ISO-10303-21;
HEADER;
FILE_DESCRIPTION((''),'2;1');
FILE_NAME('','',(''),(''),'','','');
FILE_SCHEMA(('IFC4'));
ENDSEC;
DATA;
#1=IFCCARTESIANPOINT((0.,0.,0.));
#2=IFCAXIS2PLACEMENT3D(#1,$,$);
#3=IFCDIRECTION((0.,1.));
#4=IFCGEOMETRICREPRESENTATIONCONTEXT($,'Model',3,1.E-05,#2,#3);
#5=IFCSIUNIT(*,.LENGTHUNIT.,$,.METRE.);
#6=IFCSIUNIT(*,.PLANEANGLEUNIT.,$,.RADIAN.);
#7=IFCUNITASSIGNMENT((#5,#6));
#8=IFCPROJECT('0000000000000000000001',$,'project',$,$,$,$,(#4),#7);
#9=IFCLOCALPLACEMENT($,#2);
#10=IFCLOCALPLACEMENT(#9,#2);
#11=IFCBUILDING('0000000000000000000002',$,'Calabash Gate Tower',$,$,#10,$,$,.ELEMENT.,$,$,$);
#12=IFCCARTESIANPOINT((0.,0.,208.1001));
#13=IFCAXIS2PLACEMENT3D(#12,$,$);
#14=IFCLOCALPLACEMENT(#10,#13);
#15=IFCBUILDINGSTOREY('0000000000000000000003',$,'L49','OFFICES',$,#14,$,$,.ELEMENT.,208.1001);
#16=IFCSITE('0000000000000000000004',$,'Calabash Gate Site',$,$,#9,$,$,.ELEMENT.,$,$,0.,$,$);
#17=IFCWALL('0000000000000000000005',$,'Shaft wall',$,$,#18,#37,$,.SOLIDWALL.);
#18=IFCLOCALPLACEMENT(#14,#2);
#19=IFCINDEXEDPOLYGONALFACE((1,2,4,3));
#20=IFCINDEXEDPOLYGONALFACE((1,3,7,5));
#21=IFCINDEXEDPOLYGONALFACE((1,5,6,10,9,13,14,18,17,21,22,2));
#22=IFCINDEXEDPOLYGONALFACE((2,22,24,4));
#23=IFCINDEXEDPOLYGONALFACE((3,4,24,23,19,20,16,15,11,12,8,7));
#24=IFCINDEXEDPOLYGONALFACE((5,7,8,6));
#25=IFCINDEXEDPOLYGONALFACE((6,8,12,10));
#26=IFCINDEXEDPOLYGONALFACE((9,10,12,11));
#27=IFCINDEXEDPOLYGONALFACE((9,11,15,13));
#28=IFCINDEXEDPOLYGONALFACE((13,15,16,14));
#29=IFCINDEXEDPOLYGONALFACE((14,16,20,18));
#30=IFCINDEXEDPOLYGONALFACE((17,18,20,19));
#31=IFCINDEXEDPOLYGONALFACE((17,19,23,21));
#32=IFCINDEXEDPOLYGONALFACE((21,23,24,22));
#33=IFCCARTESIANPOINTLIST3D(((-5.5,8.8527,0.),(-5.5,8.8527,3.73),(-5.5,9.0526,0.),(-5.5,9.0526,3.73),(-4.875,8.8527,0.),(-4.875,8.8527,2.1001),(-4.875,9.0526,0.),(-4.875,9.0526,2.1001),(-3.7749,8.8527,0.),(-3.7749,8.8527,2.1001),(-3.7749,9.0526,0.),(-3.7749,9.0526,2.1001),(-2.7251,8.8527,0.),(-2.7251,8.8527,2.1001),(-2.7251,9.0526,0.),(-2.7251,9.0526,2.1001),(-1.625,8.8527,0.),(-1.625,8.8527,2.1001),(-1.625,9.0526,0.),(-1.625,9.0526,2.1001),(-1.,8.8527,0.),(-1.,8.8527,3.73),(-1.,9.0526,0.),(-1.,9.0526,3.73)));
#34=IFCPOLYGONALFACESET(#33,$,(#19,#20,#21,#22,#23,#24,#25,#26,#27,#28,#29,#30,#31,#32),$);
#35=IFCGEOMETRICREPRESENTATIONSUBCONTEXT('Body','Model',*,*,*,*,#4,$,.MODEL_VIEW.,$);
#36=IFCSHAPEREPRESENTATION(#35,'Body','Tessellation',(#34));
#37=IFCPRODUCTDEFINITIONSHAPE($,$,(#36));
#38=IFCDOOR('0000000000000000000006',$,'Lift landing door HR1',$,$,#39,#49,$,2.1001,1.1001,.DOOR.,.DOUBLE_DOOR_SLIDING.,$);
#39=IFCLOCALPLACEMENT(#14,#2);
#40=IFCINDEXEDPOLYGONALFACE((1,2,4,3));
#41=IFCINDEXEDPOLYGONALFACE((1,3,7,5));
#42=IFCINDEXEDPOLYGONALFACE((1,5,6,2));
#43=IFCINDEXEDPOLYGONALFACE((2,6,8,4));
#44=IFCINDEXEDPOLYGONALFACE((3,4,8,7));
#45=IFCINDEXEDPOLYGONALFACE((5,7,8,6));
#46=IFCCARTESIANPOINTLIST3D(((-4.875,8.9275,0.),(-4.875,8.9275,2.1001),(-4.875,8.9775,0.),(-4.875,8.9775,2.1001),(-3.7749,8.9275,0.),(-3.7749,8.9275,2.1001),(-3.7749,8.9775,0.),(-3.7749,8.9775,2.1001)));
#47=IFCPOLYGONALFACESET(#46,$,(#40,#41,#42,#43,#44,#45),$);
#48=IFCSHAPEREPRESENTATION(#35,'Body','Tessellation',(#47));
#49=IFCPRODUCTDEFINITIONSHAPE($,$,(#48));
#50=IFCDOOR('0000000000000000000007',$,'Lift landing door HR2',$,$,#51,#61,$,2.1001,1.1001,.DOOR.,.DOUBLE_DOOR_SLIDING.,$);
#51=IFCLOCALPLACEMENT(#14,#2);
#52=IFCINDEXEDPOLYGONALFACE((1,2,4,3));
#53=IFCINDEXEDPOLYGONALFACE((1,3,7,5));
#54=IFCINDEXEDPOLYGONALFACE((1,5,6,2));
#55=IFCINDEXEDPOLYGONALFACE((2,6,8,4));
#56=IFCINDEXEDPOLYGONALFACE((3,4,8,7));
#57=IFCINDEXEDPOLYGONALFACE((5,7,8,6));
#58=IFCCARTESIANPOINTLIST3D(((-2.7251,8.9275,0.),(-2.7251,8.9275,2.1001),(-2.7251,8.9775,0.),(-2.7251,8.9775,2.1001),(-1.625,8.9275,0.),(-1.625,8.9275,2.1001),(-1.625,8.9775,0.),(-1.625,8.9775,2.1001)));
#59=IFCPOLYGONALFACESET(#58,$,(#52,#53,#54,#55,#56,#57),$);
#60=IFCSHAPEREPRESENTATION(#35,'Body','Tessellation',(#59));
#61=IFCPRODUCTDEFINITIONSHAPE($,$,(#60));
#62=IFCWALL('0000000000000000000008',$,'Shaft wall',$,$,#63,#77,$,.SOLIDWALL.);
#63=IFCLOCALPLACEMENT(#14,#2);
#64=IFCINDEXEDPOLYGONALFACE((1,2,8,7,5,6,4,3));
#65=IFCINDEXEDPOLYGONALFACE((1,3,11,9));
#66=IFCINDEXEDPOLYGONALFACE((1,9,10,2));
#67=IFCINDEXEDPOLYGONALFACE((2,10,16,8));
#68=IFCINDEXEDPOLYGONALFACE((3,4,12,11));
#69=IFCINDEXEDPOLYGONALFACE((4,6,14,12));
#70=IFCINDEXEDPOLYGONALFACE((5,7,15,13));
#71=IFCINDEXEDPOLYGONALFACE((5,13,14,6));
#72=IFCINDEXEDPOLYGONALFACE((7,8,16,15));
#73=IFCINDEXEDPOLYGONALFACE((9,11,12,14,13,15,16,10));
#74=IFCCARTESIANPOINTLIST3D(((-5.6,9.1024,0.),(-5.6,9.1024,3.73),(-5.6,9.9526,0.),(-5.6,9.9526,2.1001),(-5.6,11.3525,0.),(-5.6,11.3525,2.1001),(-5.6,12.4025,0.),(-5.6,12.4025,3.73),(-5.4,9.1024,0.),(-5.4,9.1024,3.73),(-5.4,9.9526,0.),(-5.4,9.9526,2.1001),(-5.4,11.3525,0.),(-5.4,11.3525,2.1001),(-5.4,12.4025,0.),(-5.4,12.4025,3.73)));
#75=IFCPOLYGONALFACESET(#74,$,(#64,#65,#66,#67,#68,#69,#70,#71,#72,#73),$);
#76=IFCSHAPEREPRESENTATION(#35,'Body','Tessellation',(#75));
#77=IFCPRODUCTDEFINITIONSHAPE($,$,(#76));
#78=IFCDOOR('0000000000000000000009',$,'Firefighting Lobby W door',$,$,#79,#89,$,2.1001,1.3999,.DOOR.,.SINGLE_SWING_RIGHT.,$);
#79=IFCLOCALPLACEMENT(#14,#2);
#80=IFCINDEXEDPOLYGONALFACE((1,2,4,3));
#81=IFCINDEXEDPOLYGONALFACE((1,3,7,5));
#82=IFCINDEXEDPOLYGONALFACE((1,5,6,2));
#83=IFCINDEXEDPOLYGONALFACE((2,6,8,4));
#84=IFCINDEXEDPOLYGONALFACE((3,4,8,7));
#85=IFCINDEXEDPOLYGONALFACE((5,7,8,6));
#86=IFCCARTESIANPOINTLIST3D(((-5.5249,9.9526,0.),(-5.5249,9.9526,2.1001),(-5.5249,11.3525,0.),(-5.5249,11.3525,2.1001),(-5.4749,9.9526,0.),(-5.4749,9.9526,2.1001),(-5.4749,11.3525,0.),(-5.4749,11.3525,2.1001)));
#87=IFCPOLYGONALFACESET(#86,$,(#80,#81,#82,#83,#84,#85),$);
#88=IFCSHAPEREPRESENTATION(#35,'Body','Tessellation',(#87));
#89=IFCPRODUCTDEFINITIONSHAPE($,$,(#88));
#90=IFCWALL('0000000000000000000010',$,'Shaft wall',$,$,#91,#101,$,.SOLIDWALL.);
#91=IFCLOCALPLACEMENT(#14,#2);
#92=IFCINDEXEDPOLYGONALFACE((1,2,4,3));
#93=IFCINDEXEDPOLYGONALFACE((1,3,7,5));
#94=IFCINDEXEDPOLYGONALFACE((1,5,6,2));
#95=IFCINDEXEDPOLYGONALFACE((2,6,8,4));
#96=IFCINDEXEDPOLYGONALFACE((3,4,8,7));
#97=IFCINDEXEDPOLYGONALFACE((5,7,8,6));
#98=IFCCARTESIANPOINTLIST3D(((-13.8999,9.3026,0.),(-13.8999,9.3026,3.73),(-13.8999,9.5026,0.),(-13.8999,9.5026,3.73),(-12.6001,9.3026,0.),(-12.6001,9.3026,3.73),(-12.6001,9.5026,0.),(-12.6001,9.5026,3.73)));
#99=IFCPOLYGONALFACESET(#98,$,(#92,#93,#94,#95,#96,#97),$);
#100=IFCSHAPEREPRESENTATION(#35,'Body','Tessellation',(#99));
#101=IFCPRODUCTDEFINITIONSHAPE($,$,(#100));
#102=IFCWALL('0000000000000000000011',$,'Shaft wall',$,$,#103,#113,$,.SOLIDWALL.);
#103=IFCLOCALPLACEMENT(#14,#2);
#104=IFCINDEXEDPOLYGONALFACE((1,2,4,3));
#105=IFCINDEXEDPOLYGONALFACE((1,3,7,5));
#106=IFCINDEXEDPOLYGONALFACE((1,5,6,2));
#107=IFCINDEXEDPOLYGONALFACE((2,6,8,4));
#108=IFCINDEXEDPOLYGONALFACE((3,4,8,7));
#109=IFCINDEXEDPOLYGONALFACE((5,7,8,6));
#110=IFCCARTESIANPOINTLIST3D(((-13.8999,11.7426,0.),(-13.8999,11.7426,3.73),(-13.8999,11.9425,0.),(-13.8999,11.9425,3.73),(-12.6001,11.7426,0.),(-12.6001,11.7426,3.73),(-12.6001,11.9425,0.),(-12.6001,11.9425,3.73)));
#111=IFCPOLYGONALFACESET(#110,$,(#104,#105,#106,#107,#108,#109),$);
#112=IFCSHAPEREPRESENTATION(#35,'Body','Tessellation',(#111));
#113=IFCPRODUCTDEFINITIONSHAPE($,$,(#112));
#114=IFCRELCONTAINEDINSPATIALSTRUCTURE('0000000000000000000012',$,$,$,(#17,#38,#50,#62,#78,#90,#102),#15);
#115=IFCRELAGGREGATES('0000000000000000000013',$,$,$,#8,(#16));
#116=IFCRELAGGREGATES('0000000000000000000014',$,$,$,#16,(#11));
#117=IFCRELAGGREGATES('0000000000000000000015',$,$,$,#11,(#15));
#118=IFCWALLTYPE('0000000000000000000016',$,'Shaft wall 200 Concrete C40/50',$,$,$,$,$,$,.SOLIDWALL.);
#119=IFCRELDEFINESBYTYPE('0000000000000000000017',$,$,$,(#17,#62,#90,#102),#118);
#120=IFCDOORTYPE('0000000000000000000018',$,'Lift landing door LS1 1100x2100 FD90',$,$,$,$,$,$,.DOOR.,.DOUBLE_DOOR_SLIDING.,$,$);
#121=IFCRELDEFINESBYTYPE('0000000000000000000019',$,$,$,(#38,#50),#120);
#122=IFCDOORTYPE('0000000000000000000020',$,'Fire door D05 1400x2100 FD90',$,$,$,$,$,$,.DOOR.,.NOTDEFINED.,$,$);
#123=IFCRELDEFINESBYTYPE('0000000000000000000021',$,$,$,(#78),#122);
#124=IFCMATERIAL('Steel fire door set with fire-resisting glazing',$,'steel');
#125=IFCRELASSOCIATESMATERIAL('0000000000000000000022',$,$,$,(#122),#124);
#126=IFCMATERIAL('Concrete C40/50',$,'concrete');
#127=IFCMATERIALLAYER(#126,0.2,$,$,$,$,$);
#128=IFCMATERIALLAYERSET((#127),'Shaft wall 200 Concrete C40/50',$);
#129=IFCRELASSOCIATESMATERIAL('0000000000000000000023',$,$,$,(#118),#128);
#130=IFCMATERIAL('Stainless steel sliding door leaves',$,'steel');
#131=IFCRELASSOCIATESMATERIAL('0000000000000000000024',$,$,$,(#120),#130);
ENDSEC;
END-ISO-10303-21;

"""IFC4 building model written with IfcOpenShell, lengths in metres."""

from ifc_helpers import new_model, si_unit, direction, frame, frame_2d, origin, place, context, subcontext, project, spatial, rectangle, extrude, material, layer, layer_set, type_object, element, fill, save


model = new_model("IFC4")

# Units and contexts
model_context = context("Model", 3, precision=1e-05, world=origin(), true_north=direction((0.0, 1.0)))
body_context = subcontext(model_context, "Body", "Model", "MODEL_VIEW")
ifc_project = project(units=[si_unit("LENGTHUNIT", "METRE"), si_unit("PLANEANGLEUNIT", "RADIAN")], contexts=[model_context])

# Site, building, storey
site_placement = place(None, origin())
site = spatial("IfcSite", under=ifc_project, at=site_placement, Name="Calabash Gate Site", CompositionType="ELEMENT", RefElevation=0.0)
building_placement = place(site_placement, origin())
building = spatial("IfcBuilding", under=site, at=building_placement, Name="Calabash Gate Tower", CompositionType="ELEMENT")
storey_placement = place(building_placement, frame((0.0, 0.0, 208.1001)))
storey = spatial("IfcBuildingStorey", under=building, at=storey_placement, Name="L49", Description="OFFICES", CompositionType="ELEMENT", Elevation=208.1001)

# Shared definitions
ifc_material_1 = material(Name="Steel fire door set with fire-resisting glazing", Category="steel")
door_type_1 = type_object("IfcDoorType", Name="Fire door D05 1400x2100 FD90", OperationType="NOTDEFINED", PredefinedType="DOOR", material=ifc_material_1)

# Shared definitions
ifc_material_2 = material(Name="Concrete C40/50", Category="concrete")
ifc_layer_1 = layer(ifc_material_2, 0.2)
ifc_layer_set_1 = layer_set([ifc_layer_1], Name="Shaft wall 200 Concrete C40/50")
wall_type_1 = type_object("IfcWallType", Name="Shaft wall 200 Concrete C40/50", PredefinedType="SOLIDWALL", material=ifc_layer_set_1)

# Wall, openings, doors
wall_1_placement = place(storey_placement, frame((-5.5, 8.9526, 0.0), z_axis=(0.0, 0.0, 1.0), x_axis=(1.0, 0.0, 0.0)))
wall_1 = element("IfcWall", 1, at=wall_1_placement, inside=storey, type_object=wall_type_1, Name="Shaft wall", PredefinedType="SOLIDWALL", context=body_context, shape_type="SweptSolid", body=[
    extrude(rectangle(XDim=4.5, YDim=0.2, at=frame_2d((2.25, 0.0))), origin(), (0.0, 0.0, 1.0), 3.73),
])
opening_1_placement = place(wall_1_placement, frame((0.625, 0.0, 0.0)))
opening_1 = element("IfcOpeningElement", 2, at=opening_1_placement, cuts=wall_1, PredefinedType="OPENING", context=body_context, shape_type="SweptSolid", body=[
    extrude(rectangle(XDim=1.1001, YDim=2.1001, at=frame_2d((0.55, 1.05))), frame((0.0, 0.1099, 0.0), z_axis=(0.0, -1.0, 0.0), x_axis=(1.0, 0.0, 0.0)), (0.0, 0.0, 1.0), 0.22),
])
opening_2_placement = place(wall_1_placement, frame((2.7749, 0.0, 0.0)))
opening_2 = element("IfcOpeningElement", 3, at=opening_2_placement, cuts=wall_1, PredefinedType="OPENING", context=body_context, shape_type="SweptSolid", body=[
    extrude(rectangle(XDim=1.1001, YDim=2.1001, at=frame_2d((0.55, 1.05))), frame((0.0, 0.1099, 0.0), z_axis=(0.0, -1.0, 0.0), x_axis=(1.0, 0.0, 0.0)), (0.0, 0.0, 1.0), 0.22),
])
ifc_material_3 = material(Name="Stainless steel sliding door leaves", Category="steel")
door_type_2 = type_object("IfcDoorType", Name="Lift landing door LS1 1100x2100 FD90", OperationType="DOUBLE_DOOR_SLIDING", PredefinedType="DOOR", material=ifc_material_3)
door_1_placement = place(opening_1_placement, origin())
door_1 = element("IfcDoor", 4, at=door_1_placement, inside=storey, type_object=door_type_2, Name="Lift landing door HR1", OperationType="DOUBLE_DOOR_SLIDING", OverallHeight=2.1001, OverallWidth=1.1001, PredefinedType="DOOR", context=body_context, shape_type="SweptSolid", body=[
    extrude(rectangle(XDim=1.1001, YDim=2.1001, at=frame_2d((0.55, 1.05))), frame((0.0, 0.0249, 0.0), z_axis=(0.0, -1.0, 0.0), x_axis=(1.0, 0.0, 0.0)), (0.0, 0.0, 1.0), 0.05),
])
fill(opening_1, door_1)
door_2_placement = place(opening_2_placement, origin())
door_2 = element("IfcDoor", 5, at=door_2_placement, inside=storey, type_object=door_type_2, Name="Lift landing door HR2", OperationType="DOUBLE_DOOR_SLIDING", OverallHeight=2.1001, OverallWidth=1.1001, PredefinedType="DOOR", context=body_context, shape_type="SweptSolid", body=[
    extrude(rectangle(XDim=1.1001, YDim=2.1001, at=frame_2d((0.55, 1.05))), frame((0.0, 0.0249, 0.0), z_axis=(0.0, -1.0, 0.0), x_axis=(1.0, 0.0, 0.0)), (0.0, 0.0, 1.0), 0.05),
])
fill(opening_2, door_2)

# Wall, opening, door
wall_2_placement = place(storey_placement, frame((-5.5, 9.1025, 0.0), z_axis=(0.0, 0.0, 1.0), x_axis=(0.0, 1.0, 0.0)))
wall_2 = element("IfcWall", 6, at=wall_2_placement, inside=storey, type_object=wall_type_1, Name="Shaft wall", PredefinedType="SOLIDWALL", context=body_context, shape_type="SweptSolid", body=[
    extrude(rectangle(XDim=3.3, YDim=0.2, at=frame_2d((1.6499, 0.0))), origin(), (0.0, 0.0, 1.0), 3.73),
])
opening_3_placement = place(wall_2_placement, frame((0.8501, 0.0, 0.0)))
opening_3 = element("IfcOpeningElement", 7, at=opening_3_placement, cuts=wall_2, PredefinedType="OPENING", context=body_context, shape_type="SweptSolid", body=[
    extrude(rectangle(XDim=1.3999, YDim=2.1001, at=frame_2d((0.7, 1.05))), frame((0.0, 0.1099, 0.0), z_axis=(0.0, -1.0, 0.0), x_axis=(1.0, 0.0, 0.0)), (0.0, 0.0, 1.0), 0.22),
])
door_3_placement = place(opening_3_placement, origin())
door_3 = element("IfcDoor", 8, at=door_3_placement, inside=storey, type_object=door_type_1, Name="Firefighting Lobby W door", OperationType="SINGLE_SWING_RIGHT", OverallHeight=2.1001, OverallWidth=1.3999, PredefinedType="DOOR", context=body_context, shape_type="SweptSolid", body=[
    extrude(rectangle(XDim=1.3999, YDim=2.1001, at=frame_2d((0.7, 1.05))), frame((0.0, 0.0249, 0.0), z_axis=(0.0, -1.0, 0.0), x_axis=(1.0, 0.0, 0.0)), (0.0, 0.0, 1.0), 0.05),
])
fill(opening_3, door_3)

# Walls
for number, where, z_axis, x_axis, name in (
    (9, (-13.8999, 9.4026, 0.0), (0.0, 0.0, 1.0), (1.0, 0.0, 0.0), "Shaft wall"),
    (10, (-13.8999, 11.8425, 0.0), (0.0, 0.0, 1.0), (1.0, 0.0, 0.0), "Shaft wall"),
):
    element("IfcWall", number, at=place(storey_placement, frame(where, z_axis=z_axis, x_axis=x_axis)), inside=storey, type_object=wall_type_1, Name=name, PredefinedType="SOLIDWALL", context=body_context, shape_type="SweptSolid", body=[
        extrude(rectangle(XDim=1.2998, YDim=0.2, at=frame_2d((0.6499, 0.0))), origin(), (0.0, 0.0, 1.0), 3.73),
    ])

save(model, "model.ifc")
